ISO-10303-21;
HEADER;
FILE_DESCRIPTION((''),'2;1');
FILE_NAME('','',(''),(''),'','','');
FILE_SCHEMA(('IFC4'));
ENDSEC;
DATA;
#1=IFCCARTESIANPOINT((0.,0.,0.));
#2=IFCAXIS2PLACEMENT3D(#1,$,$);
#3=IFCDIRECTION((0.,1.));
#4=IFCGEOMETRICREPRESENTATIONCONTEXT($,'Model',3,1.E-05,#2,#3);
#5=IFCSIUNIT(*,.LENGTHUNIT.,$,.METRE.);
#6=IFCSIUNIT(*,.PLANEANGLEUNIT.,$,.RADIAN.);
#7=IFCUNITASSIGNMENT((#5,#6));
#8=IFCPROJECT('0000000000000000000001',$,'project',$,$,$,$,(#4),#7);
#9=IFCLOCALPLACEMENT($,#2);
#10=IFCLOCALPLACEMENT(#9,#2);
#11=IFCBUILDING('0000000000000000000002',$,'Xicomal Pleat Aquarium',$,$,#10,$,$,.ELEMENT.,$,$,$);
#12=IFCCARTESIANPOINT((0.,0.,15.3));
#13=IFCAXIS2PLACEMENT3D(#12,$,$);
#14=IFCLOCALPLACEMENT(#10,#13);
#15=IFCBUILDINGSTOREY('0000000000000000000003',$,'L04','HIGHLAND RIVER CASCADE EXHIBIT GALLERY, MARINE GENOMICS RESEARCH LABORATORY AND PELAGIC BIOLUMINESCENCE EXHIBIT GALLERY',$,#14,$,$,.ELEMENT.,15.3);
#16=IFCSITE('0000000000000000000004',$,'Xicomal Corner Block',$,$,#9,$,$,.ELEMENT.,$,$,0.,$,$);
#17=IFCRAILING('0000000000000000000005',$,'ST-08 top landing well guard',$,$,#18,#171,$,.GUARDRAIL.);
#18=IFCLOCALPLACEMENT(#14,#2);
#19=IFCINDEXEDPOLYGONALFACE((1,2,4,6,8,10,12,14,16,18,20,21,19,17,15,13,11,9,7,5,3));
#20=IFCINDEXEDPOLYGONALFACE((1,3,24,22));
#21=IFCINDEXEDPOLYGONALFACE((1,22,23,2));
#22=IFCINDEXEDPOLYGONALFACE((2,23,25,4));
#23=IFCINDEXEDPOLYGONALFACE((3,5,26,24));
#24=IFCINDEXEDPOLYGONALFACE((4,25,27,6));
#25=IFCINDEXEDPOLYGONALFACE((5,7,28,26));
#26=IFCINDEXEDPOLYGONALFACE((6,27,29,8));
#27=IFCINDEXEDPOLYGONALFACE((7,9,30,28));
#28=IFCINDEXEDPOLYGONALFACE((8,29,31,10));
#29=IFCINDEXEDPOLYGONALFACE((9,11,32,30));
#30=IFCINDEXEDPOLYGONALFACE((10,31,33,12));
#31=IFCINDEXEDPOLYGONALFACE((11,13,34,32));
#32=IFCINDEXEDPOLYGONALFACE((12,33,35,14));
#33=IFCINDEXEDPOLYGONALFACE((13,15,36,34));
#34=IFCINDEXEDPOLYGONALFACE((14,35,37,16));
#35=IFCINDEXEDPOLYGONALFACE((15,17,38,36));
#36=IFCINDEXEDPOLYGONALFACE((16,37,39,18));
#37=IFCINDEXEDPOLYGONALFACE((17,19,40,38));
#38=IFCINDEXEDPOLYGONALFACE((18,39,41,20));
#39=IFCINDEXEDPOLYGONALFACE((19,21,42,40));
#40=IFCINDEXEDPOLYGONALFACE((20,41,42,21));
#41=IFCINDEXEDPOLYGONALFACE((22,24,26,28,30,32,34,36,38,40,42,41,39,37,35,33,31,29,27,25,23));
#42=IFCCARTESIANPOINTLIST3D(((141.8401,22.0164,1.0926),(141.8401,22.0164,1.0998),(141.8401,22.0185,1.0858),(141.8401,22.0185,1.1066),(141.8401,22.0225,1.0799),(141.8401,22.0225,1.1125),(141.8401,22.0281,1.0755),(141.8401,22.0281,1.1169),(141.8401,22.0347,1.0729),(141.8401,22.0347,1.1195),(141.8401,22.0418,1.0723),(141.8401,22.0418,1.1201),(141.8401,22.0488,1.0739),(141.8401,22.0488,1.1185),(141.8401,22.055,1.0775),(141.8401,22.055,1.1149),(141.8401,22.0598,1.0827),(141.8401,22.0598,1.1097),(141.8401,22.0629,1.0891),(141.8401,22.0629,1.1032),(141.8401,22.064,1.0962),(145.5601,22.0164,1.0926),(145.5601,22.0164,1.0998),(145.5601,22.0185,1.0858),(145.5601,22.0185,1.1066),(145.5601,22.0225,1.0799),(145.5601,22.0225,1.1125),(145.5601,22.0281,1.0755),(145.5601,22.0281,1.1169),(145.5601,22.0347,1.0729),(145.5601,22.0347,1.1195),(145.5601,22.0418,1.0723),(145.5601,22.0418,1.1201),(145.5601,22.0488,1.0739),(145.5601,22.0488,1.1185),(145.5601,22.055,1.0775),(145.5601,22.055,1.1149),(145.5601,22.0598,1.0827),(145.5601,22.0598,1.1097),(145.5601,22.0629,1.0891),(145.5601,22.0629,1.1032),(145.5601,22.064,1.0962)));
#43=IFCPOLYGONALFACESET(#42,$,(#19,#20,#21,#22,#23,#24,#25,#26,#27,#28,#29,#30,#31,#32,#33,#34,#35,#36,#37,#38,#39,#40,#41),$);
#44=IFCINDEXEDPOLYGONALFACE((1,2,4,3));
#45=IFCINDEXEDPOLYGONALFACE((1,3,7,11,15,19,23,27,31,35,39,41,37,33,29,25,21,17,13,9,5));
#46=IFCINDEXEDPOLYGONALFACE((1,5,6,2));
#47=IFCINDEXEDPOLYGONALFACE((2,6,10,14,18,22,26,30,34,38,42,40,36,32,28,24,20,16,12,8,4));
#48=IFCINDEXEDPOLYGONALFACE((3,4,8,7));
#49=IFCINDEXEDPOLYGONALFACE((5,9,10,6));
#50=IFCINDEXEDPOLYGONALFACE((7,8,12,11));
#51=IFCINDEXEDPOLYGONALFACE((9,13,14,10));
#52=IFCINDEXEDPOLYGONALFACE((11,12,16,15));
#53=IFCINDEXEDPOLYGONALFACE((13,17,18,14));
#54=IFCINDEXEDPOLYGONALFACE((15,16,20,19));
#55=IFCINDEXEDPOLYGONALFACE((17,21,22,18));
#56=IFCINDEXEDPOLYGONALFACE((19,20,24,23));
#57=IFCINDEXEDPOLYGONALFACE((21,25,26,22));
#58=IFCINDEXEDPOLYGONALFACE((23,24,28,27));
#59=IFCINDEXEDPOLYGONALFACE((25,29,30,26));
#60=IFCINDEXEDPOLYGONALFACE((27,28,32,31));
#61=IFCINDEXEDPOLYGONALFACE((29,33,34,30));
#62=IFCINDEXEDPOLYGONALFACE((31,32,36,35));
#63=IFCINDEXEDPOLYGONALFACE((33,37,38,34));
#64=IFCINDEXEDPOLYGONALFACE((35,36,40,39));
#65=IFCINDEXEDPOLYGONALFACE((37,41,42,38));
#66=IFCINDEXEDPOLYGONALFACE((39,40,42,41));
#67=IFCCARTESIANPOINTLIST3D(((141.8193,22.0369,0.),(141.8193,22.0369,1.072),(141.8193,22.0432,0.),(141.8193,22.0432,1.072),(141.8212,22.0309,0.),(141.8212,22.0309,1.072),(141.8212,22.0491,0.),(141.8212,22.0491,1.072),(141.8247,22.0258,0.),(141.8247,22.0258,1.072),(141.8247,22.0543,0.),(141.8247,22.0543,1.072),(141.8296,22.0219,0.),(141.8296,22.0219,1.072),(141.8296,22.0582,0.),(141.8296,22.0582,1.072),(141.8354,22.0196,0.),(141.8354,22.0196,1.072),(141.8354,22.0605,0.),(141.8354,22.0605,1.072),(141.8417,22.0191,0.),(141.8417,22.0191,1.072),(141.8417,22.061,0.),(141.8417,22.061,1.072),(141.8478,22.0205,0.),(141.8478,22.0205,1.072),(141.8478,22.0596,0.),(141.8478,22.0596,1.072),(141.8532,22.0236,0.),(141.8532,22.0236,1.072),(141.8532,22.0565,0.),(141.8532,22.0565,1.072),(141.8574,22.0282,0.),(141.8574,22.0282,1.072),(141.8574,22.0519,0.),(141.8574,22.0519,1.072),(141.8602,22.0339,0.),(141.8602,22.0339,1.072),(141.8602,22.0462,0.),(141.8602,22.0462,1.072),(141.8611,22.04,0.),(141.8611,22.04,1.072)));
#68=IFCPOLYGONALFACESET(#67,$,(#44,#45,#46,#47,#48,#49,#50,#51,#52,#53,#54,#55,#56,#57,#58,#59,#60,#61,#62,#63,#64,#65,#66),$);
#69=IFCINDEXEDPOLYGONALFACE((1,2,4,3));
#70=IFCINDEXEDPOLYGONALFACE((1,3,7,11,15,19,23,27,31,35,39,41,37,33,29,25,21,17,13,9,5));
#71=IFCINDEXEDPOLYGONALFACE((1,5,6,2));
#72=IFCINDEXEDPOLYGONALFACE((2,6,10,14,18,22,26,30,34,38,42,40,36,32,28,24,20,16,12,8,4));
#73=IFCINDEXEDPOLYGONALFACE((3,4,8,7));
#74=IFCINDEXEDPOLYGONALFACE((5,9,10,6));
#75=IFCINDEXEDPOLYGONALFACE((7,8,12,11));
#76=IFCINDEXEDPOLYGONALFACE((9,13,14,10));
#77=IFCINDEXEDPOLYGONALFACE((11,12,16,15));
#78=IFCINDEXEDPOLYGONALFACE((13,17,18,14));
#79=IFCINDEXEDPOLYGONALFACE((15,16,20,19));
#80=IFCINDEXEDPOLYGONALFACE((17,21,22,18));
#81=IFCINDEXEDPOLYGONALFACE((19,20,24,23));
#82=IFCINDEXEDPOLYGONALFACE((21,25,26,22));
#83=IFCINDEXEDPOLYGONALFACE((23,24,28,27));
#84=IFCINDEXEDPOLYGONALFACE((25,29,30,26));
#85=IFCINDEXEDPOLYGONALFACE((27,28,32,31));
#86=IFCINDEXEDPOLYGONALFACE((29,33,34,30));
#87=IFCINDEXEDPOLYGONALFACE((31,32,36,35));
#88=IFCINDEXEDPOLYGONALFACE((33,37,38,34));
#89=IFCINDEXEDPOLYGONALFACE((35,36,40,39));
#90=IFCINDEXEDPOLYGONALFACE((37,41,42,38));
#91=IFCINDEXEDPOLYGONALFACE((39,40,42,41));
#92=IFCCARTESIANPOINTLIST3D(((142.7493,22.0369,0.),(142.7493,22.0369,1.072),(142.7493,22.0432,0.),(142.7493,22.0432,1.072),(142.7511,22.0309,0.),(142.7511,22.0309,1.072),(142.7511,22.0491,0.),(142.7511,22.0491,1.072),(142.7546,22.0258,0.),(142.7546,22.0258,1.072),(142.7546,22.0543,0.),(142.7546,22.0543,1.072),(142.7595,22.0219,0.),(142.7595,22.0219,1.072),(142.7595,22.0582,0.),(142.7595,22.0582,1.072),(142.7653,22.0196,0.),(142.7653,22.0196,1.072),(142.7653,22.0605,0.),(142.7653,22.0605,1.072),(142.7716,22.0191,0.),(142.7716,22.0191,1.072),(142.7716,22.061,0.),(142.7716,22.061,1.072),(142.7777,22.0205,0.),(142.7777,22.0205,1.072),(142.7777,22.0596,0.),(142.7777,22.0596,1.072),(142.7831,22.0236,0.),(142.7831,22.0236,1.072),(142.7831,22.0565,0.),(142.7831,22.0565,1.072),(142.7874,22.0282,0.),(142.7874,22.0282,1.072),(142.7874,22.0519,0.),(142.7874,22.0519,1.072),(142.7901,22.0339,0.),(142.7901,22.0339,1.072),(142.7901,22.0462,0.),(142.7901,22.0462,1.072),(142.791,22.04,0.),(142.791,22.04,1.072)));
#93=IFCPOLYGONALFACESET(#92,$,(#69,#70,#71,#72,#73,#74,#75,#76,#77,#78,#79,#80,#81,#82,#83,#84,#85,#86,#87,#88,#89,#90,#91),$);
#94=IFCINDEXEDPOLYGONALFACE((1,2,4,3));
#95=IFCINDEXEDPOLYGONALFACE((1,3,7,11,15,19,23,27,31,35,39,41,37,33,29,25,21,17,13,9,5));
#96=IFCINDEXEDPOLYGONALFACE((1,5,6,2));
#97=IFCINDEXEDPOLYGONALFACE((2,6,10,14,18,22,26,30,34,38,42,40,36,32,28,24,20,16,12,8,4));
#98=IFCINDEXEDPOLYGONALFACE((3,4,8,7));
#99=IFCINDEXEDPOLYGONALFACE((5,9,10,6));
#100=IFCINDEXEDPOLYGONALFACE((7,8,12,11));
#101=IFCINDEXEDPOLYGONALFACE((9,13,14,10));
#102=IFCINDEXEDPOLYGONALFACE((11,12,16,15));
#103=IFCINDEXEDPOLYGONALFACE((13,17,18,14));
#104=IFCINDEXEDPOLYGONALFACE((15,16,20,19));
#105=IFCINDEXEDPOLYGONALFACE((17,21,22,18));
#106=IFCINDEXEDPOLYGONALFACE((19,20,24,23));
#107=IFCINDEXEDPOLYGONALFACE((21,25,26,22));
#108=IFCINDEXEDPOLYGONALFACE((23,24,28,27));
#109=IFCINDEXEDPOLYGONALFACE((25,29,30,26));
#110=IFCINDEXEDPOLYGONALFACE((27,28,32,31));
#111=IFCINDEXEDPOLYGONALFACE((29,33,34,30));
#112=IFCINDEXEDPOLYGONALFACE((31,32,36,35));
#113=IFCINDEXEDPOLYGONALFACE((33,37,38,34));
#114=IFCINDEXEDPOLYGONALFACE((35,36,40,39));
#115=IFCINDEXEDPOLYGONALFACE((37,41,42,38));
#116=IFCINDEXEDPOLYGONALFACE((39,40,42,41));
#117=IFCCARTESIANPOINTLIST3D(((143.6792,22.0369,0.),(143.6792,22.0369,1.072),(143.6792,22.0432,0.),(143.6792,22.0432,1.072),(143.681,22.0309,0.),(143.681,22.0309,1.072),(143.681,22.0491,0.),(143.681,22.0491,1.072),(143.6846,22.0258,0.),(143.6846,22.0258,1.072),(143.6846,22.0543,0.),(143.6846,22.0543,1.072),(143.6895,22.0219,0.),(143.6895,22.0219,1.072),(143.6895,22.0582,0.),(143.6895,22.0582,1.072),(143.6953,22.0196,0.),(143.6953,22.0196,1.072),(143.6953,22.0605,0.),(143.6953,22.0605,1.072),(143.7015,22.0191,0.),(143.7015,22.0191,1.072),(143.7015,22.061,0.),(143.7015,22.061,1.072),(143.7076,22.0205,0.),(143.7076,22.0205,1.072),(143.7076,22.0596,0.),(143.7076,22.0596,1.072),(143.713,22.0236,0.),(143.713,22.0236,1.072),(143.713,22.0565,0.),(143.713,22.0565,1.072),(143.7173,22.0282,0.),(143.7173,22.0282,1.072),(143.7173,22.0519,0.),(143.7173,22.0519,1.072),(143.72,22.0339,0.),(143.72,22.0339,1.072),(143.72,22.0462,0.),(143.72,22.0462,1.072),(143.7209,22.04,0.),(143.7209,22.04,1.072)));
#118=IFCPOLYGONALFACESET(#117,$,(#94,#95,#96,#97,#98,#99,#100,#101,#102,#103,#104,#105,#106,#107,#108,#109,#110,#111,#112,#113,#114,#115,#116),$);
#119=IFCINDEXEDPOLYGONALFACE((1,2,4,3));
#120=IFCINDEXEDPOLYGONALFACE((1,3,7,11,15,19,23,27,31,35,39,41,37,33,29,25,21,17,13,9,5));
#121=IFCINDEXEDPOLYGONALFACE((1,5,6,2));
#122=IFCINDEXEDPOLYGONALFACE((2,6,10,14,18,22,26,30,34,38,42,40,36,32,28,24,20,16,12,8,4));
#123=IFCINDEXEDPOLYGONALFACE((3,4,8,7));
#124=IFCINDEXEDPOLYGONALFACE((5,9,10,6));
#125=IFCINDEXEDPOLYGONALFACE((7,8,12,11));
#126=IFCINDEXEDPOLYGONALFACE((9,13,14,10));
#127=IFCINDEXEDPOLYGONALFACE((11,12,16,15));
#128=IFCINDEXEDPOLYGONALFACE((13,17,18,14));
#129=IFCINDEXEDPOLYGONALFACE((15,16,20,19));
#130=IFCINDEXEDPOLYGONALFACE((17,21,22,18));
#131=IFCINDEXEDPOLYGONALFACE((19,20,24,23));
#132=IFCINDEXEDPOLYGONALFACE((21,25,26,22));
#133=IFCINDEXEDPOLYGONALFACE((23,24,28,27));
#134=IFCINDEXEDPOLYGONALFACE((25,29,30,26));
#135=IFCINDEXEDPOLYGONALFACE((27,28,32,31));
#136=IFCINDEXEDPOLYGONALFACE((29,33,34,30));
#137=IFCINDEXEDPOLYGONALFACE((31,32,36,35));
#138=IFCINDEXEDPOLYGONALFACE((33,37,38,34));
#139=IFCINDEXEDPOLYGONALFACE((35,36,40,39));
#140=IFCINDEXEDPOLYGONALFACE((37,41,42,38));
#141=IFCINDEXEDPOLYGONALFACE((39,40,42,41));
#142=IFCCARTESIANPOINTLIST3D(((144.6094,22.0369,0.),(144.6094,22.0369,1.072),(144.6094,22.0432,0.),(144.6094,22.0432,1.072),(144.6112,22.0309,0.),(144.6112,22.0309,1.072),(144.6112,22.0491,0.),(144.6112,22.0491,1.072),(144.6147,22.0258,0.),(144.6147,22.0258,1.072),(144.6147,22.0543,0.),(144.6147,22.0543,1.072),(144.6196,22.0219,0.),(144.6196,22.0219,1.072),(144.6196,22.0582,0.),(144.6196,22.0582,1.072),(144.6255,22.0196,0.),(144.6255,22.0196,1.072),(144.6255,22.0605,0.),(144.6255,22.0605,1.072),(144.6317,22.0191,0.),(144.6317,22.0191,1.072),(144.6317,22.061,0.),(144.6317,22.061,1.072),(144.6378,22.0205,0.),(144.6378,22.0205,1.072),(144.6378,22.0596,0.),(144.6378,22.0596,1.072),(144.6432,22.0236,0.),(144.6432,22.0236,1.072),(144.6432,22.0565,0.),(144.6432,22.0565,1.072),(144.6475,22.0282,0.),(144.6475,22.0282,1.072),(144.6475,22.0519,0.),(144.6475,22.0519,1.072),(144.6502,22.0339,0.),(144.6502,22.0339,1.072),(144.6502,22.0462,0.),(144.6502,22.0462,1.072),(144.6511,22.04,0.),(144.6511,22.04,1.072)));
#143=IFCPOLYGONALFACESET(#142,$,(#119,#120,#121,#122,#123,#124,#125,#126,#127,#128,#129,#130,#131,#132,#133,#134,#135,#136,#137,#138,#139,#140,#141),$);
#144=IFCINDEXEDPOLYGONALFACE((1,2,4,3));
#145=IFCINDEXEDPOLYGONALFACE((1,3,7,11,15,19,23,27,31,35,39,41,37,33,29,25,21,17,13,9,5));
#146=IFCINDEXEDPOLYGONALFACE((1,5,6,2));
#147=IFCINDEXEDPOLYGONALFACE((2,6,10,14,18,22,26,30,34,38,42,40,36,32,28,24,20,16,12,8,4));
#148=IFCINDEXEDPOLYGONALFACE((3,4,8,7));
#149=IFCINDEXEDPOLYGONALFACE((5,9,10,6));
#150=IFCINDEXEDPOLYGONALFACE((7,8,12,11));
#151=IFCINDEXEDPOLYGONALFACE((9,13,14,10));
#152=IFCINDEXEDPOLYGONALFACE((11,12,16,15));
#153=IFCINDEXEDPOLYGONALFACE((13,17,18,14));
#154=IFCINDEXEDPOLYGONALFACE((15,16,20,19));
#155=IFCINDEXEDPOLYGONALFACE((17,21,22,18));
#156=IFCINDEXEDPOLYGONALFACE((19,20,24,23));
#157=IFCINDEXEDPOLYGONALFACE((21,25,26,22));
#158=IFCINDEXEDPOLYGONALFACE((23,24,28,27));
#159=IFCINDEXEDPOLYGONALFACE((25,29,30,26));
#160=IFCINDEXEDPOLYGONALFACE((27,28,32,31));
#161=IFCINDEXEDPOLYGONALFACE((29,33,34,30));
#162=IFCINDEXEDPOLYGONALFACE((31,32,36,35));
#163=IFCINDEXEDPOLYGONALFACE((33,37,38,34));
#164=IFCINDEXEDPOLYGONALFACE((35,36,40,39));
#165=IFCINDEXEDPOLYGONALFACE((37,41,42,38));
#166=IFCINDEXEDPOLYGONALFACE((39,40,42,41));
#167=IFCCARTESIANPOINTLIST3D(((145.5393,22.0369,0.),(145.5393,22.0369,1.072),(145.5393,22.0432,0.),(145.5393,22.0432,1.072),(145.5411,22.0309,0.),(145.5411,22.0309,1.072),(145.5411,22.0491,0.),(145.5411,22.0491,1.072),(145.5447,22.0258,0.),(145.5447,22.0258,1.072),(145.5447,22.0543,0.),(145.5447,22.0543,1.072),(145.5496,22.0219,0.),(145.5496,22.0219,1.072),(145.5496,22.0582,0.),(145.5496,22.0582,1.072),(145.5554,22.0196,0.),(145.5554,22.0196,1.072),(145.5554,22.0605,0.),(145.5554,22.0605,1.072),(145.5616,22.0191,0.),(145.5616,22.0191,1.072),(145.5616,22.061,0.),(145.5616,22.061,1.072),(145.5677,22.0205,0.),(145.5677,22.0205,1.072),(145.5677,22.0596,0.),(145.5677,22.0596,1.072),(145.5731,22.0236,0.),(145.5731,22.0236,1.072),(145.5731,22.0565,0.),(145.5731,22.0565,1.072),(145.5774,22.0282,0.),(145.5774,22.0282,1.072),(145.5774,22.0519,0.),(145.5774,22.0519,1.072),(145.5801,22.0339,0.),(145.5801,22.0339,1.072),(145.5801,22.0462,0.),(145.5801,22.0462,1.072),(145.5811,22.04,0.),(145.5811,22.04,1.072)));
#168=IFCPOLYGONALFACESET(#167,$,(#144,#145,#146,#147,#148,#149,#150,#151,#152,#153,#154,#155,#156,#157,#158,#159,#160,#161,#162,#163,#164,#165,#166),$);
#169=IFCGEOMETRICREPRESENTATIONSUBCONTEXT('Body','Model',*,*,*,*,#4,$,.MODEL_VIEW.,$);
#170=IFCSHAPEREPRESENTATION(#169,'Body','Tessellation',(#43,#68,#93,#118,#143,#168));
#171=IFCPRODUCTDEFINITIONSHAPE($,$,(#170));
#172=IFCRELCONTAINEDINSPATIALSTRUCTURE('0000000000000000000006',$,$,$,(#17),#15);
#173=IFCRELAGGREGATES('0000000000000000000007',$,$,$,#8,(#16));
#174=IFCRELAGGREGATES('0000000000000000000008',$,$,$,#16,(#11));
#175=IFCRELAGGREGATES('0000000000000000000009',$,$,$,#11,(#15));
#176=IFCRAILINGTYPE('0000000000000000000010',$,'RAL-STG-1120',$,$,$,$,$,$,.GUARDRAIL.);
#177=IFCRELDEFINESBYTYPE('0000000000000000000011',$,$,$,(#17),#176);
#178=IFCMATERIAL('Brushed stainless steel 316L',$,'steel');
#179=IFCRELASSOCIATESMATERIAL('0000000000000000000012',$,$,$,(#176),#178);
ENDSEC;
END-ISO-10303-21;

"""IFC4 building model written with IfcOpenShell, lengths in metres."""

from ifc_helpers import new_model, si_unit, direction, frame, origin, origin_2d, place, context, subcontext, project, spatial, circle, extrude, material, type_object, element, save


model = new_model("IFC4")

# Units and contexts
model_context = context("Model", 3, precision=1e-05, world=origin(), true_north=direction((0.0, 1.0)))
body_context = subcontext(model_context, "Body", "Model", "MODEL_VIEW")
ifc_project = project(units=[si_unit("LENGTHUNIT", "METRE"), si_unit("PLANEANGLEUNIT", "RADIAN")], contexts=[model_context])

# Site, building, storey
site_placement = place(None, origin())
site = spatial("IfcSite", under=ifc_project, at=site_placement, Name="Xicomal Corner Block", CompositionType="ELEMENT", RefElevation=0.0)
building_placement = place(site_placement, origin())
building = spatial("IfcBuilding", under=site, at=building_placement, Name="Xicomal Pleat Aquarium", CompositionType="ELEMENT")
storey_placement = place(building_placement, frame((0.0, 0.0, 15.3)))
storey = spatial("IfcBuildingStorey", under=building, at=storey_placement, Name="L04", Description="HIGHLAND RIVER CASCADE EXHIBIT GALLERY, MARINE GENOMICS RESEARCH LABORATORY AND PELAGIC BIOLUMINESCENCE EXHIBIT GALLERY", CompositionType="ELEMENT", Elevation=15.3)

# Railing
ifc_material_1 = material(Name="Brushed stainless steel 316L", Category="steel")
railing_type = type_object("IfcRailingType", Name="RAL-STG-1120", PredefinedType="GUARDRAIL", material=ifc_material_1)
railing_placement = place(storey_placement, frame((141.8401, 22.04, 0.0)))
element("IfcRailing", 1, at=railing_placement, inside=storey, type_object=railing_type, Name="ST-08 top landing well guard", PredefinedType="GUARDRAIL", context=body_context, shape_type="SweptSolid", body=[
    extrude(circle(Radius=0.0239, at=origin_2d()), frame((0.0, 0.0, 1.0962), z_axis=(1.0, 0.0, 0.0), x_axis=(0.0, 1.0, 0.0)), (0.0, 0.0, 1.0), 3.72),
    extrude(circle(Radius=0.021, at=origin_2d()), origin(), (0.0, 0.0, 1.0), 1.072),
    extrude(circle(Radius=0.021, at=origin_2d()), frame((0.9299, 0.0, 0.0)), (0.0, 0.0, 1.0), 1.072),
    extrude(circle(Radius=0.021, at=origin_2d()), frame((1.8599, 0.0, 0.0)), (0.0, 0.0, 1.0), 1.072),
    extrude(circle(Radius=0.021, at=origin_2d()), frame((2.79, 0.0, 0.0)), (0.0, 0.0, 1.0), 1.072),
    extrude(circle(Radius=0.021, at=origin_2d()), frame((3.72, 0.0, 0.0)), (0.0, 0.0, 1.0), 1.072),
])

save(model, "model.ifc")
